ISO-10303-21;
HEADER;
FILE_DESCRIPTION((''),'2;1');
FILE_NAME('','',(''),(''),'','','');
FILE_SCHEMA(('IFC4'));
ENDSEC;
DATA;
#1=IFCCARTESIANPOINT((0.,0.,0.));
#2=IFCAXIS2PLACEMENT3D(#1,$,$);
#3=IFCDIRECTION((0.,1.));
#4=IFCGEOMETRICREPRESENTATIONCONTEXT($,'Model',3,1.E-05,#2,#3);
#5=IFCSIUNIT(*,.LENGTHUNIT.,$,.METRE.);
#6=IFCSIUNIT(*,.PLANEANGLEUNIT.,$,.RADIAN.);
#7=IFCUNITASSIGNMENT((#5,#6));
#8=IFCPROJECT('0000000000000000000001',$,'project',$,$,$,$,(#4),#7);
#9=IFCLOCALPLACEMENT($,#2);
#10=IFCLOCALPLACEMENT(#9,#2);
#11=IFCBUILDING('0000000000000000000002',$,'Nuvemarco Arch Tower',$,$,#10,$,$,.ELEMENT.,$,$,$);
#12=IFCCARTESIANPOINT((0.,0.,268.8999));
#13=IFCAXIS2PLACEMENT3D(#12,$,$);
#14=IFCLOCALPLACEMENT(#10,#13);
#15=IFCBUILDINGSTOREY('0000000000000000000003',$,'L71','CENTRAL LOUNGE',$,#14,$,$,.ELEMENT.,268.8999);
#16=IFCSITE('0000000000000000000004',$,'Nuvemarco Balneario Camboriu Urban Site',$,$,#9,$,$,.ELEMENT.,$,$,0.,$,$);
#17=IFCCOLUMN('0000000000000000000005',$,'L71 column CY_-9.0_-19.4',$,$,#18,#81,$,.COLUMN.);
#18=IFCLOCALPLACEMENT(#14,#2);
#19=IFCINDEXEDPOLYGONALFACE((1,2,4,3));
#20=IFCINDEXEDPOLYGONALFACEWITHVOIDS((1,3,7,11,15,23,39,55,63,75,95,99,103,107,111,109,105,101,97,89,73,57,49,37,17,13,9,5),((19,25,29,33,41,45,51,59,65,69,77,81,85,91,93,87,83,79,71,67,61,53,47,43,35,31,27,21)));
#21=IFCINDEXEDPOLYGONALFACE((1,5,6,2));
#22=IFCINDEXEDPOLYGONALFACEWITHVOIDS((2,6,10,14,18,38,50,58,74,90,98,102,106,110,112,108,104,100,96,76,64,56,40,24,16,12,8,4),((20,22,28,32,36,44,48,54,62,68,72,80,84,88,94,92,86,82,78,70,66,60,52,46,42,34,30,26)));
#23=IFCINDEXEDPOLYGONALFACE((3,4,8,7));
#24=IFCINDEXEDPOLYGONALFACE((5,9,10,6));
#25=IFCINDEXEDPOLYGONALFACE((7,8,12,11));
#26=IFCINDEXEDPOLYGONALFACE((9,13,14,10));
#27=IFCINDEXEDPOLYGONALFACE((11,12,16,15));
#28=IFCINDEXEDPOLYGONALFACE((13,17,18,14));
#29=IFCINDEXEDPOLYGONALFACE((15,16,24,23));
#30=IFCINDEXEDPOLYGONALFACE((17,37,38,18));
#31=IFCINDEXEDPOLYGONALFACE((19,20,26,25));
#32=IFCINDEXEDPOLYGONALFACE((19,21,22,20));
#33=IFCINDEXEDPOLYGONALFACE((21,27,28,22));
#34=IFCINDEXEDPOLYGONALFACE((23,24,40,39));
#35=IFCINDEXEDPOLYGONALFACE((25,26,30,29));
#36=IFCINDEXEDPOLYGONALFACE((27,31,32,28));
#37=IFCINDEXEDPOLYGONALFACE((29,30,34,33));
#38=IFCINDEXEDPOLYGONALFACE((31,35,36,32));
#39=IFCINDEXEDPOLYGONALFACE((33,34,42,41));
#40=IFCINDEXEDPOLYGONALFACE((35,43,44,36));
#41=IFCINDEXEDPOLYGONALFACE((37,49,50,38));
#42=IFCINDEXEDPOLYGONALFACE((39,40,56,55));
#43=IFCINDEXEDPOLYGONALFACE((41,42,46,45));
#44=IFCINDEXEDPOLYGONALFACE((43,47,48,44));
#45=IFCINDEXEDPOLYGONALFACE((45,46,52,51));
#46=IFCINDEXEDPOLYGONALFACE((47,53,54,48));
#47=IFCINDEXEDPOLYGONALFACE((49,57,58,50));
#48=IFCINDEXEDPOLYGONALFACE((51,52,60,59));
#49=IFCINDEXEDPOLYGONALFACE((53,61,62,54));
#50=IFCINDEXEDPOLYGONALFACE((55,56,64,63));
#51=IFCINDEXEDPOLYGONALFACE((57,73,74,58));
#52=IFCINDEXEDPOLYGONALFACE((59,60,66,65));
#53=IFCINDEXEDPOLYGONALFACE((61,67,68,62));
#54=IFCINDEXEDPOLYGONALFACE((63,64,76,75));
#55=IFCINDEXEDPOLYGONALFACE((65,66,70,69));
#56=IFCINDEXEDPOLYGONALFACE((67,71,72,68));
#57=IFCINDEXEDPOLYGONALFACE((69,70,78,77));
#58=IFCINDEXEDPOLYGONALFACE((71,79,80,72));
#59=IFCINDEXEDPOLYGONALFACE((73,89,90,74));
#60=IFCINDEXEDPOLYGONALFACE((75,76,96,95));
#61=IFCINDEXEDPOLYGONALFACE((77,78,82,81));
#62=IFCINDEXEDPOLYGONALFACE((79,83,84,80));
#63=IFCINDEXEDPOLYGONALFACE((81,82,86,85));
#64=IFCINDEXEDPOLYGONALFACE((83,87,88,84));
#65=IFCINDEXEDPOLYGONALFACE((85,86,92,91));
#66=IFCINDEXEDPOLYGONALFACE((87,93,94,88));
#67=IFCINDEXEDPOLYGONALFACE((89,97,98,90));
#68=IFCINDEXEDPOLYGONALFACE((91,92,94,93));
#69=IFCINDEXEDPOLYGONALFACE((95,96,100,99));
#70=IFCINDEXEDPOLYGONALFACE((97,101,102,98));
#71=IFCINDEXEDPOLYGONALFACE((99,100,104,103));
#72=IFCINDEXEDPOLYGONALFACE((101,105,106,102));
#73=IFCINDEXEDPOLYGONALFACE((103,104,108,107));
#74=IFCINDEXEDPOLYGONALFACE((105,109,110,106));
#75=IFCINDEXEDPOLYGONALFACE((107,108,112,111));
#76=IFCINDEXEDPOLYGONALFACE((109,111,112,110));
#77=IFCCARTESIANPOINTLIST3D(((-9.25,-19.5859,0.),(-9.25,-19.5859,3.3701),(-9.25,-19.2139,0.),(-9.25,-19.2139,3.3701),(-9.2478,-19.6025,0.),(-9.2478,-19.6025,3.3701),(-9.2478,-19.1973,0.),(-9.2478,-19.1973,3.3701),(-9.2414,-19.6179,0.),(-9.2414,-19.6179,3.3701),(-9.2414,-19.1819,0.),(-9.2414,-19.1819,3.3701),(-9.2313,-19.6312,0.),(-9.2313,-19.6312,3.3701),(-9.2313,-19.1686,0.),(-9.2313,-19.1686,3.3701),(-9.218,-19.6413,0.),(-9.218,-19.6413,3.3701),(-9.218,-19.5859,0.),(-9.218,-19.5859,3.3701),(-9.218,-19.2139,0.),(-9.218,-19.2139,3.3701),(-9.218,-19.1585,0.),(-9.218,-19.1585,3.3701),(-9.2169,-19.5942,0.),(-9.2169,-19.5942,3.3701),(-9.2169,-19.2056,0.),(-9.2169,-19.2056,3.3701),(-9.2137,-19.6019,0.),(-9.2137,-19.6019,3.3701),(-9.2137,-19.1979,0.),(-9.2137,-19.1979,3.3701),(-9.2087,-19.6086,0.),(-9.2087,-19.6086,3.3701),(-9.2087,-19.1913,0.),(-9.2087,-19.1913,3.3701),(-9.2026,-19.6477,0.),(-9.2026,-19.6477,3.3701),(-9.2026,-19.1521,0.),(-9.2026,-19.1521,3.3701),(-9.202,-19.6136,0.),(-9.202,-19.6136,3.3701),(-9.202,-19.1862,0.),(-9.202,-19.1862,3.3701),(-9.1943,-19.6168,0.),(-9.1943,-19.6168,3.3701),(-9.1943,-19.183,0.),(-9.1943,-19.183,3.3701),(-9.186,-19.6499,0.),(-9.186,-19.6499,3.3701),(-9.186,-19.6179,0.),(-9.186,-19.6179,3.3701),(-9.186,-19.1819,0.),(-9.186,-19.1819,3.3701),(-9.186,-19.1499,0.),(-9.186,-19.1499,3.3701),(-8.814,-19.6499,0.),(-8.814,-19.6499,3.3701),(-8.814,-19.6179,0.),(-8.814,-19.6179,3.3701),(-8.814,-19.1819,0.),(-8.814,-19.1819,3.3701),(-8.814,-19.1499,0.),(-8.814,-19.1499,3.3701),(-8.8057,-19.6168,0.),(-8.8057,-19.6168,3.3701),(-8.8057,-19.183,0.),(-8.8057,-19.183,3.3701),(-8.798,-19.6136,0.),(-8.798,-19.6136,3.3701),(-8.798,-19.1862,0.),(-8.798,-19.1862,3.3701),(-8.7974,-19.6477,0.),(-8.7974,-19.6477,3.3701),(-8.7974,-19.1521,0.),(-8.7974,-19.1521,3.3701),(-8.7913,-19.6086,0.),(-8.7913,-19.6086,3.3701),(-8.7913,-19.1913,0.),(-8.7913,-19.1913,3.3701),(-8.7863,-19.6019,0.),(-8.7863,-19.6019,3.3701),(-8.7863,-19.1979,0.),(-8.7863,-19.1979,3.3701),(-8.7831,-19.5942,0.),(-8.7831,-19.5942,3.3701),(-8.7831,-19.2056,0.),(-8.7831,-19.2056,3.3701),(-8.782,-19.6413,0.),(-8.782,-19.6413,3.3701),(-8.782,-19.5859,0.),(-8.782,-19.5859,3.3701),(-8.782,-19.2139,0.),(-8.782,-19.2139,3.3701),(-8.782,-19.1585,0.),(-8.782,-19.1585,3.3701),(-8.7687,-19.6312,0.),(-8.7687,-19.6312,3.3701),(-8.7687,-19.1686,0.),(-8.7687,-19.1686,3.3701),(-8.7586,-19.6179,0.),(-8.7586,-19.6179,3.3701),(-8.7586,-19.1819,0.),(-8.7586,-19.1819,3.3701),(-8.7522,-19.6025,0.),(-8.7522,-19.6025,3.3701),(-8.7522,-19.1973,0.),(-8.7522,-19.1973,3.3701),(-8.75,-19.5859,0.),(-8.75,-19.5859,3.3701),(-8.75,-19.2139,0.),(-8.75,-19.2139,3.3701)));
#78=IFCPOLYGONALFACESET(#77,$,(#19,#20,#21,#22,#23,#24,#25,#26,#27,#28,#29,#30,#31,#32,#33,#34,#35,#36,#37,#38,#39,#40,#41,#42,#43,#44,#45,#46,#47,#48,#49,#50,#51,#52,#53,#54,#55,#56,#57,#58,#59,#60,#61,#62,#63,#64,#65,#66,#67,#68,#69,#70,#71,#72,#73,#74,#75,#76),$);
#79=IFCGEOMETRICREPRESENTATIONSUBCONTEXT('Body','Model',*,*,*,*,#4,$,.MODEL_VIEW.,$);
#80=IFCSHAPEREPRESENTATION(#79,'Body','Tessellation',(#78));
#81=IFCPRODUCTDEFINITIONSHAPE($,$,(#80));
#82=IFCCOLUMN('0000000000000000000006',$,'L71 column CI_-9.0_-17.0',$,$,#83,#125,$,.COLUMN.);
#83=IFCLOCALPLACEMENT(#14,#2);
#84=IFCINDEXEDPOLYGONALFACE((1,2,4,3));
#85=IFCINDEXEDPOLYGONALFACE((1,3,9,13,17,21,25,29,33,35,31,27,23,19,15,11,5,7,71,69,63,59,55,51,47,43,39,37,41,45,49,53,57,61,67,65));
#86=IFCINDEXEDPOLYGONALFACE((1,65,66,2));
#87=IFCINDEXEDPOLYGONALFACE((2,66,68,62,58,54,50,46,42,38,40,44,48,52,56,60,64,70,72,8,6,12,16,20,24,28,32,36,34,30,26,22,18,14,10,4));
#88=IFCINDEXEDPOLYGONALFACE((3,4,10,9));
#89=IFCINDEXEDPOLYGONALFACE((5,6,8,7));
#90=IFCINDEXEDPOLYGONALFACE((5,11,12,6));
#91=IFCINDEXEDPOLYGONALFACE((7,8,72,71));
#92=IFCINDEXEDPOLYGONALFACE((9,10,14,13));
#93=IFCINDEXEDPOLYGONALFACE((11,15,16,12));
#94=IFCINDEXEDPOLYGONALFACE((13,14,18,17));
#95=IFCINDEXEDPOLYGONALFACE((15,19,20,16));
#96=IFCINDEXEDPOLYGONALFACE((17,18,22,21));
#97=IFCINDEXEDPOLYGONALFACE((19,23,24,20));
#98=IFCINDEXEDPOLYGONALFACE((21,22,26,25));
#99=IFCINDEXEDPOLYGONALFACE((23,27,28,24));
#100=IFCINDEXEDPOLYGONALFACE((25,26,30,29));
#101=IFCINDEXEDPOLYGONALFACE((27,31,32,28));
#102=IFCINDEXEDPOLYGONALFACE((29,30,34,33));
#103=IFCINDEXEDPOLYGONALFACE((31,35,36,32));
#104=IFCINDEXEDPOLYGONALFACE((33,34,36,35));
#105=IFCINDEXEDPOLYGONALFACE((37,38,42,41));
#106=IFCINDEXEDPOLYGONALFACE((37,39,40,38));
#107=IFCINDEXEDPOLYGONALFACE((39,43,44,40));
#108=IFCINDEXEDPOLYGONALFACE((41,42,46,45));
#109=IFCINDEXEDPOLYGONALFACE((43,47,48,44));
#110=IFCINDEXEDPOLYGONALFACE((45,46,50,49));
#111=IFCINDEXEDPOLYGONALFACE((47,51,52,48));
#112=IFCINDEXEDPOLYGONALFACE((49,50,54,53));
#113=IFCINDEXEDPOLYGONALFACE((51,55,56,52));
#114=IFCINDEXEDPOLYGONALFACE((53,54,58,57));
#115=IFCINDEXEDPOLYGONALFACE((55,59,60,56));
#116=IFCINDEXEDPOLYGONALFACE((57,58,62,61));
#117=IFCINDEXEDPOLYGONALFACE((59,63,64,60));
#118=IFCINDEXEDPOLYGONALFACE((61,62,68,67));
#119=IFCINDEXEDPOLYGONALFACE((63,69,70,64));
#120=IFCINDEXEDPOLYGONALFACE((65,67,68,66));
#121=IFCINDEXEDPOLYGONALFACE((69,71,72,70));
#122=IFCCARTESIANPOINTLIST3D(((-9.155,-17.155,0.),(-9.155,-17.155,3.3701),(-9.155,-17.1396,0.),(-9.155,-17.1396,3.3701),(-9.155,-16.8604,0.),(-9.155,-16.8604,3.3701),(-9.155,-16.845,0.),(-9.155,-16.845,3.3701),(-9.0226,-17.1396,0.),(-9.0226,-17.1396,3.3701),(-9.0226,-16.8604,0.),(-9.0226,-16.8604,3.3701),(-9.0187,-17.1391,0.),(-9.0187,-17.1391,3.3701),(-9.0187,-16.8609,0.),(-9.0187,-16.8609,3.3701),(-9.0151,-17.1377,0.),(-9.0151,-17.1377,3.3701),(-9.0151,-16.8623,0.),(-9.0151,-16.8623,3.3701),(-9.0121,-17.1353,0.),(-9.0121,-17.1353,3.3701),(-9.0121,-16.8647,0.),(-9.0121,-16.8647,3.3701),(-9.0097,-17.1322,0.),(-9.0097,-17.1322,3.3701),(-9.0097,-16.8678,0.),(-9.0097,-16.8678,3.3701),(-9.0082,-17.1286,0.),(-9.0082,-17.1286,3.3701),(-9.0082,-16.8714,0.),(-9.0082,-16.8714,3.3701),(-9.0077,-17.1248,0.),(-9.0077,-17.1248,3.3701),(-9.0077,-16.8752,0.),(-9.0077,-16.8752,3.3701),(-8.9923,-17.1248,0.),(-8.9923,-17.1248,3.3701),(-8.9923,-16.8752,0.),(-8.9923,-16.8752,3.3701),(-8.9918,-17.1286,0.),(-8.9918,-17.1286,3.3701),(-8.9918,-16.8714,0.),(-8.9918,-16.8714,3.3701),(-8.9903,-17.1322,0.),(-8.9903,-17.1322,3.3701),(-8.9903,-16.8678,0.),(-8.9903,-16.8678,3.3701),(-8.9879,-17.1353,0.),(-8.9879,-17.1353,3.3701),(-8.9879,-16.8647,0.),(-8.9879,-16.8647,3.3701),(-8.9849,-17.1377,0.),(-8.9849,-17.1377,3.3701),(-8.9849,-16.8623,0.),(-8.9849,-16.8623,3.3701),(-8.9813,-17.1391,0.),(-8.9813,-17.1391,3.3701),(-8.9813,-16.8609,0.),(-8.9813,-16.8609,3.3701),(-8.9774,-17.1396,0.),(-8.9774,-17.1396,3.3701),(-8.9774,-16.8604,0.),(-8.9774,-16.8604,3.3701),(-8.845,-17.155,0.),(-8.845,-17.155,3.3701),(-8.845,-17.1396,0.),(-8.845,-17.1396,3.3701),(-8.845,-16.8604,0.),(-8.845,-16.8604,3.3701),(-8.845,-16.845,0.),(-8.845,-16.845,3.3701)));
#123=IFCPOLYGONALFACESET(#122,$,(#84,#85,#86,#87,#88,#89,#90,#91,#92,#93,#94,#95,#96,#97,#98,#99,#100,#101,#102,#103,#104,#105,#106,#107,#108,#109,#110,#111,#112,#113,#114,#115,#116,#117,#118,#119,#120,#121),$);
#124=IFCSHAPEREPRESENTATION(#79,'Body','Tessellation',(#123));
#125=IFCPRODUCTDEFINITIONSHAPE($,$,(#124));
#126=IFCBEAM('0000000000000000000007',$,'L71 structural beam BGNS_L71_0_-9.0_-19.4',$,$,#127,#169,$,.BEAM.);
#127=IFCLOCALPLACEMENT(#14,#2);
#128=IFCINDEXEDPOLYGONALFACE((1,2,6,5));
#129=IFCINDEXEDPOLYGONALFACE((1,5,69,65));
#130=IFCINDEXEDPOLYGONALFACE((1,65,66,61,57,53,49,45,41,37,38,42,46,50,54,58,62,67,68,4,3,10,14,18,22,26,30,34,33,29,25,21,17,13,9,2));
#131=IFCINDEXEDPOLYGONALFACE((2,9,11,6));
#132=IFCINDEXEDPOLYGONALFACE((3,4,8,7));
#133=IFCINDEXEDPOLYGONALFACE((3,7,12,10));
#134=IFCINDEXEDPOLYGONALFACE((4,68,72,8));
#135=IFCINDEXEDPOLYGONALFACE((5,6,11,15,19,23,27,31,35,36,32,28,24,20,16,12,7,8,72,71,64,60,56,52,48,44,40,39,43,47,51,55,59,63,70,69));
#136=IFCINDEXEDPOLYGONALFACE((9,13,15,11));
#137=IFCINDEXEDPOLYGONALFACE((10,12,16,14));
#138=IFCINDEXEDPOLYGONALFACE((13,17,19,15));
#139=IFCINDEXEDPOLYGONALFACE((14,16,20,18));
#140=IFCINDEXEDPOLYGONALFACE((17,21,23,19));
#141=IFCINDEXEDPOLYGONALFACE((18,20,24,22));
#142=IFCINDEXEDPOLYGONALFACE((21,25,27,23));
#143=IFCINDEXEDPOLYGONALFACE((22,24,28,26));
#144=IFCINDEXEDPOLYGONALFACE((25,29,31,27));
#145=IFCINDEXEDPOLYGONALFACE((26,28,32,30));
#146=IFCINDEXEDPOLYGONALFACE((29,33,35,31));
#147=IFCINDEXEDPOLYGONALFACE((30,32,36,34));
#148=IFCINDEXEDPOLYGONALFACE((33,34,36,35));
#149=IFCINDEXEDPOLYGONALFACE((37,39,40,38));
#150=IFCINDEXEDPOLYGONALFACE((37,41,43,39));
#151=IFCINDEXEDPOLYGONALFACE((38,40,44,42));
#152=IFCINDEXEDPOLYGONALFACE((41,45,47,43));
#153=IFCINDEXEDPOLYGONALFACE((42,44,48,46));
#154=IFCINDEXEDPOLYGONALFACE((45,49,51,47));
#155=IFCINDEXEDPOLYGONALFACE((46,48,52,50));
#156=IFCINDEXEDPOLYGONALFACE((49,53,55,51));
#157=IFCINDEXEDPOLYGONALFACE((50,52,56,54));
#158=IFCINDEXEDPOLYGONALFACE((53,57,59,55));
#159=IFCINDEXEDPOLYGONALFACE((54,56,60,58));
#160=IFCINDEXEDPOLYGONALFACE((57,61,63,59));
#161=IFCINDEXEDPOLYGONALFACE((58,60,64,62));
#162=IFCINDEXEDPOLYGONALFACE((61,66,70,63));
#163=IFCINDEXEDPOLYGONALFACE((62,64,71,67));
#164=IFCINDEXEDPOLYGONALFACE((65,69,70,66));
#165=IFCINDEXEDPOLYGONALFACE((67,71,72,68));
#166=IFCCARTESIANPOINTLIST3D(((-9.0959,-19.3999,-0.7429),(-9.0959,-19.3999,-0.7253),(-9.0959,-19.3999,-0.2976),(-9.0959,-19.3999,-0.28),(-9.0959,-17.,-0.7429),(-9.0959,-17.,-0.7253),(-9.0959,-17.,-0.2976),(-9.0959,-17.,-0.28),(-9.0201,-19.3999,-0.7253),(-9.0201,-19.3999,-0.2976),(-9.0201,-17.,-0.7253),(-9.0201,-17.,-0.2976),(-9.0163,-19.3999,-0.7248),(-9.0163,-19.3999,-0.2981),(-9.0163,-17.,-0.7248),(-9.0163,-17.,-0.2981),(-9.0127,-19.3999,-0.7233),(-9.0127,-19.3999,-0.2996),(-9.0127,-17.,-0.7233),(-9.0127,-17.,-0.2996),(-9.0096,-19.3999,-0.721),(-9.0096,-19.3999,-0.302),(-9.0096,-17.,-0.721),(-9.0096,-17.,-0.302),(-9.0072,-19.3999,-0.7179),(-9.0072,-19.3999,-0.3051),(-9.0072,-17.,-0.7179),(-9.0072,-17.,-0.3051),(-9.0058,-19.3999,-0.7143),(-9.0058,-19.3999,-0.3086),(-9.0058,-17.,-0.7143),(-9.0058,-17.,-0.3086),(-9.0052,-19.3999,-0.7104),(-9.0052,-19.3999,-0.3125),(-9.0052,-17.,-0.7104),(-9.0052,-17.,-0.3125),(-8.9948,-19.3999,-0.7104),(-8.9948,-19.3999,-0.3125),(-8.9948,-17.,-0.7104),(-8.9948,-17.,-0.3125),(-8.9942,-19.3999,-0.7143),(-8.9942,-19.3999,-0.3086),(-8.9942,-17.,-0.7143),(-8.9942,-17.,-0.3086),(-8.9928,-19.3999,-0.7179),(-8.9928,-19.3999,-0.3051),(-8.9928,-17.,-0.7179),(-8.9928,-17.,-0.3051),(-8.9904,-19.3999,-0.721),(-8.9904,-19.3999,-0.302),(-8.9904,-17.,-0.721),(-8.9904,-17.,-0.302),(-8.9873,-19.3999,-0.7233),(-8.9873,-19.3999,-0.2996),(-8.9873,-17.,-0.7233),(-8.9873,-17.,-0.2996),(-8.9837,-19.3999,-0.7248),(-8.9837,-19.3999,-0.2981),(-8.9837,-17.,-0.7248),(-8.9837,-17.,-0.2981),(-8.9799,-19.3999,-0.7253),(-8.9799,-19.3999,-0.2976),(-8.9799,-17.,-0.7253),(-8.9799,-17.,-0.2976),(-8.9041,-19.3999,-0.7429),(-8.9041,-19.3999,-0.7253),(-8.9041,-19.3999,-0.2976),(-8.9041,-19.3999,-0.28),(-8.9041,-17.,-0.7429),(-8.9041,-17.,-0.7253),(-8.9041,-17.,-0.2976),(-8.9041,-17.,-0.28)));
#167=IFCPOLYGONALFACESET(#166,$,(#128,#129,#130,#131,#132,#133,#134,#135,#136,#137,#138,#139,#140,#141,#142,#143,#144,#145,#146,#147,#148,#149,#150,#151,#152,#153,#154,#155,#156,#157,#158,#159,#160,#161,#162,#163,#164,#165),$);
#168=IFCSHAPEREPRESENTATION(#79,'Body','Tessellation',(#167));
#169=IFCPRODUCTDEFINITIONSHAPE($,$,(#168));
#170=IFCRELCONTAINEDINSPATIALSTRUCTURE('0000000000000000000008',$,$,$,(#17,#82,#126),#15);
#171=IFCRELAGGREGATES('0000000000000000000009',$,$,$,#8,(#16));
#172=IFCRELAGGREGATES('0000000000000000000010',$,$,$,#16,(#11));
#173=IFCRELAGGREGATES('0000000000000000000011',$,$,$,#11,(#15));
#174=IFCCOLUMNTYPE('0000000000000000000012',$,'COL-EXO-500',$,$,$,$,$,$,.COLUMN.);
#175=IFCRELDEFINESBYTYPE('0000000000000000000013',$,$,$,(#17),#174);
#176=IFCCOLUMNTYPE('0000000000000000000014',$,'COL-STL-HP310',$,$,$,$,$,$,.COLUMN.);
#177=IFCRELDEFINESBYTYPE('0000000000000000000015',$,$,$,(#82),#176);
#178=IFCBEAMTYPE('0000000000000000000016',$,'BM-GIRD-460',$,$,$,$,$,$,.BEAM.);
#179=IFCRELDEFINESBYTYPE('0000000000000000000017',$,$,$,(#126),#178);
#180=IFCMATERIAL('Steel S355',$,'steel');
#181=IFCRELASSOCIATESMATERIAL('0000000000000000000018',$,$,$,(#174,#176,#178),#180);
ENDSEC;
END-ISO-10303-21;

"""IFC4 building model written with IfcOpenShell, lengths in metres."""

from ifc_helpers import new_model, si_unit, direction, frame, origin, origin_2d, place, context, subcontext, project, spatial, hollow_rectangle, i_section, extrude, material, material_profile, profile_set, type_object, element, save


model = new_model("IFC4")

# Units and contexts
model_context = context("Model", 3, precision=1e-05, world=origin(), true_north=direction((0.0, 1.0)))
body_context = subcontext(model_context, "Body", "Model", "MODEL_VIEW")
ifc_project = project(units=[si_unit("LENGTHUNIT", "METRE"), si_unit("PLANEANGLEUNIT", "RADIAN")], contexts=[model_context])

# Site, building, storey
site_placement = place(None, origin())
site = spatial("IfcSite", under=ifc_project, at=site_placement, Name="Nuvemarco Balneario Camboriu Urban Site", CompositionType="ELEMENT", RefElevation=0.0)
building_placement = place(site_placement, origin())
building = spatial("IfcBuilding", under=site, at=building_placement, Name="Nuvemarco Arch Tower", CompositionType="ELEMENT")
storey_placement = place(building_placement, frame((0.0, 0.0, 268.8999)))
storey = spatial("IfcBuildingStorey", under=building, at=storey_placement, Name="L71", Description="CENTRAL LOUNGE", CompositionType="ELEMENT", Elevation=268.8999)

# Columns
ifc_material_1 = material(Name="Steel S355", Category="steel")
ifc_material_profile_1 = material_profile(ifc_material_1, hollow_rectangle(XDim=0.5, YDim=0.5, WallThickness=0.032, InnerFilletRadius=0.032, OuterFilletRadius=0.064, at=origin_2d()), Name="SHS500x500x32")
ifc_profile_set_1 = profile_set([ifc_material_profile_1], Name="Steel S355")
column_type_1 = type_object("IfcColumnType", Name="COL-EXO-500", PredefinedType="COLUMN", material=ifc_profile_set_1)
column_1_placement = place(storey_placement, frame((-9.0, -19.3999, 0.0), z_axis=(0.0, 0.0, 1.0), x_axis=(1.0, 0.0, 0.0)))
element("IfcColumn", 1, at=column_1_placement, inside=storey, type_object=column_type_1, Name="L71 column CY_-9.0_-19.4", PredefinedType="COLUMN", context=body_context, shape_type="SweptSolid", body=[
    extrude(hollow_rectangle(XDim=0.5, YDim=0.5, WallThickness=0.032, InnerFilletRadius=0.032, OuterFilletRadius=0.064, at=origin_2d()), origin(), (0.0, 0.0, 1.0), 3.3701),
])
ifc_material_profile_2 = material_profile(ifc_material_1, i_section(OverallWidth=0.3101, OverallDepth=0.3101, WebThickness=0.0154, FlangeThickness=0.0154, FilletRadius=0.0149, at=origin_2d()), Name="HP310x110")
ifc_profile_set_2 = profile_set([ifc_material_profile_2], Name="Steel S355")
column_type_2 = type_object("IfcColumnType", Name="COL-STL-HP310", PredefinedType="COLUMN", material=ifc_profile_set_2)
column_2_placement = place(storey_placement, frame((-9.0, -17.0, 0.0), z_axis=(0.0, 0.0, 1.0), x_axis=(1.0, 0.0, 0.0)))
element("IfcColumn", 2, at=column_2_placement, inside=storey, type_object=column_type_2, Name="L71 column CI_-9.0_-17.0", PredefinedType="COLUMN", context=body_context, shape_type="SweptSolid", body=[
    extrude(i_section(OverallWidth=0.3101, OverallDepth=0.3101, WebThickness=0.0154, FlangeThickness=0.0154, FilletRadius=0.0149, at=origin_2d()), origin(), (0.0, 0.0, 1.0), 3.3701),
])

# Beam
ifc_material_profile_3 = material_profile(ifc_material_1, i_section(OverallWidth=0.1919, OverallDepth=0.4629, WebThickness=0.0105, FlangeThickness=0.0176, FilletRadius=0.0149, at=origin_2d()), Name="W460x89")
ifc_profile_set_3 = profile_set([ifc_material_profile_3], Name="Steel S355")
beam_type_1 = type_object("IfcBeamType", Name="BM-GIRD-460", PredefinedType="BEAM", material=ifc_profile_set_3)
beam_1_placement = place(storey_placement, frame((-9.0, -19.3999, -0.5115), z_axis=(0.0, 1.0, 0.0), x_axis=(-1.0, 0.0, 0.0)))
element("IfcBeam", 3, at=beam_1_placement, inside=storey, type_object=beam_type_1, Name="L71 structural beam BGNS_L71_0_-9.0_-19.4", PredefinedType="BEAM", context=body_context, shape_type="SweptSolid", body=[
    extrude(i_section(OverallWidth=0.1919, OverallDepth=0.4629, WebThickness=0.0105, FlangeThickness=0.0176, FilletRadius=0.0149, at=origin_2d()), origin(), (0.0, 0.0, 1.0), 2.3999),
])

save(model, "model.ifc")
